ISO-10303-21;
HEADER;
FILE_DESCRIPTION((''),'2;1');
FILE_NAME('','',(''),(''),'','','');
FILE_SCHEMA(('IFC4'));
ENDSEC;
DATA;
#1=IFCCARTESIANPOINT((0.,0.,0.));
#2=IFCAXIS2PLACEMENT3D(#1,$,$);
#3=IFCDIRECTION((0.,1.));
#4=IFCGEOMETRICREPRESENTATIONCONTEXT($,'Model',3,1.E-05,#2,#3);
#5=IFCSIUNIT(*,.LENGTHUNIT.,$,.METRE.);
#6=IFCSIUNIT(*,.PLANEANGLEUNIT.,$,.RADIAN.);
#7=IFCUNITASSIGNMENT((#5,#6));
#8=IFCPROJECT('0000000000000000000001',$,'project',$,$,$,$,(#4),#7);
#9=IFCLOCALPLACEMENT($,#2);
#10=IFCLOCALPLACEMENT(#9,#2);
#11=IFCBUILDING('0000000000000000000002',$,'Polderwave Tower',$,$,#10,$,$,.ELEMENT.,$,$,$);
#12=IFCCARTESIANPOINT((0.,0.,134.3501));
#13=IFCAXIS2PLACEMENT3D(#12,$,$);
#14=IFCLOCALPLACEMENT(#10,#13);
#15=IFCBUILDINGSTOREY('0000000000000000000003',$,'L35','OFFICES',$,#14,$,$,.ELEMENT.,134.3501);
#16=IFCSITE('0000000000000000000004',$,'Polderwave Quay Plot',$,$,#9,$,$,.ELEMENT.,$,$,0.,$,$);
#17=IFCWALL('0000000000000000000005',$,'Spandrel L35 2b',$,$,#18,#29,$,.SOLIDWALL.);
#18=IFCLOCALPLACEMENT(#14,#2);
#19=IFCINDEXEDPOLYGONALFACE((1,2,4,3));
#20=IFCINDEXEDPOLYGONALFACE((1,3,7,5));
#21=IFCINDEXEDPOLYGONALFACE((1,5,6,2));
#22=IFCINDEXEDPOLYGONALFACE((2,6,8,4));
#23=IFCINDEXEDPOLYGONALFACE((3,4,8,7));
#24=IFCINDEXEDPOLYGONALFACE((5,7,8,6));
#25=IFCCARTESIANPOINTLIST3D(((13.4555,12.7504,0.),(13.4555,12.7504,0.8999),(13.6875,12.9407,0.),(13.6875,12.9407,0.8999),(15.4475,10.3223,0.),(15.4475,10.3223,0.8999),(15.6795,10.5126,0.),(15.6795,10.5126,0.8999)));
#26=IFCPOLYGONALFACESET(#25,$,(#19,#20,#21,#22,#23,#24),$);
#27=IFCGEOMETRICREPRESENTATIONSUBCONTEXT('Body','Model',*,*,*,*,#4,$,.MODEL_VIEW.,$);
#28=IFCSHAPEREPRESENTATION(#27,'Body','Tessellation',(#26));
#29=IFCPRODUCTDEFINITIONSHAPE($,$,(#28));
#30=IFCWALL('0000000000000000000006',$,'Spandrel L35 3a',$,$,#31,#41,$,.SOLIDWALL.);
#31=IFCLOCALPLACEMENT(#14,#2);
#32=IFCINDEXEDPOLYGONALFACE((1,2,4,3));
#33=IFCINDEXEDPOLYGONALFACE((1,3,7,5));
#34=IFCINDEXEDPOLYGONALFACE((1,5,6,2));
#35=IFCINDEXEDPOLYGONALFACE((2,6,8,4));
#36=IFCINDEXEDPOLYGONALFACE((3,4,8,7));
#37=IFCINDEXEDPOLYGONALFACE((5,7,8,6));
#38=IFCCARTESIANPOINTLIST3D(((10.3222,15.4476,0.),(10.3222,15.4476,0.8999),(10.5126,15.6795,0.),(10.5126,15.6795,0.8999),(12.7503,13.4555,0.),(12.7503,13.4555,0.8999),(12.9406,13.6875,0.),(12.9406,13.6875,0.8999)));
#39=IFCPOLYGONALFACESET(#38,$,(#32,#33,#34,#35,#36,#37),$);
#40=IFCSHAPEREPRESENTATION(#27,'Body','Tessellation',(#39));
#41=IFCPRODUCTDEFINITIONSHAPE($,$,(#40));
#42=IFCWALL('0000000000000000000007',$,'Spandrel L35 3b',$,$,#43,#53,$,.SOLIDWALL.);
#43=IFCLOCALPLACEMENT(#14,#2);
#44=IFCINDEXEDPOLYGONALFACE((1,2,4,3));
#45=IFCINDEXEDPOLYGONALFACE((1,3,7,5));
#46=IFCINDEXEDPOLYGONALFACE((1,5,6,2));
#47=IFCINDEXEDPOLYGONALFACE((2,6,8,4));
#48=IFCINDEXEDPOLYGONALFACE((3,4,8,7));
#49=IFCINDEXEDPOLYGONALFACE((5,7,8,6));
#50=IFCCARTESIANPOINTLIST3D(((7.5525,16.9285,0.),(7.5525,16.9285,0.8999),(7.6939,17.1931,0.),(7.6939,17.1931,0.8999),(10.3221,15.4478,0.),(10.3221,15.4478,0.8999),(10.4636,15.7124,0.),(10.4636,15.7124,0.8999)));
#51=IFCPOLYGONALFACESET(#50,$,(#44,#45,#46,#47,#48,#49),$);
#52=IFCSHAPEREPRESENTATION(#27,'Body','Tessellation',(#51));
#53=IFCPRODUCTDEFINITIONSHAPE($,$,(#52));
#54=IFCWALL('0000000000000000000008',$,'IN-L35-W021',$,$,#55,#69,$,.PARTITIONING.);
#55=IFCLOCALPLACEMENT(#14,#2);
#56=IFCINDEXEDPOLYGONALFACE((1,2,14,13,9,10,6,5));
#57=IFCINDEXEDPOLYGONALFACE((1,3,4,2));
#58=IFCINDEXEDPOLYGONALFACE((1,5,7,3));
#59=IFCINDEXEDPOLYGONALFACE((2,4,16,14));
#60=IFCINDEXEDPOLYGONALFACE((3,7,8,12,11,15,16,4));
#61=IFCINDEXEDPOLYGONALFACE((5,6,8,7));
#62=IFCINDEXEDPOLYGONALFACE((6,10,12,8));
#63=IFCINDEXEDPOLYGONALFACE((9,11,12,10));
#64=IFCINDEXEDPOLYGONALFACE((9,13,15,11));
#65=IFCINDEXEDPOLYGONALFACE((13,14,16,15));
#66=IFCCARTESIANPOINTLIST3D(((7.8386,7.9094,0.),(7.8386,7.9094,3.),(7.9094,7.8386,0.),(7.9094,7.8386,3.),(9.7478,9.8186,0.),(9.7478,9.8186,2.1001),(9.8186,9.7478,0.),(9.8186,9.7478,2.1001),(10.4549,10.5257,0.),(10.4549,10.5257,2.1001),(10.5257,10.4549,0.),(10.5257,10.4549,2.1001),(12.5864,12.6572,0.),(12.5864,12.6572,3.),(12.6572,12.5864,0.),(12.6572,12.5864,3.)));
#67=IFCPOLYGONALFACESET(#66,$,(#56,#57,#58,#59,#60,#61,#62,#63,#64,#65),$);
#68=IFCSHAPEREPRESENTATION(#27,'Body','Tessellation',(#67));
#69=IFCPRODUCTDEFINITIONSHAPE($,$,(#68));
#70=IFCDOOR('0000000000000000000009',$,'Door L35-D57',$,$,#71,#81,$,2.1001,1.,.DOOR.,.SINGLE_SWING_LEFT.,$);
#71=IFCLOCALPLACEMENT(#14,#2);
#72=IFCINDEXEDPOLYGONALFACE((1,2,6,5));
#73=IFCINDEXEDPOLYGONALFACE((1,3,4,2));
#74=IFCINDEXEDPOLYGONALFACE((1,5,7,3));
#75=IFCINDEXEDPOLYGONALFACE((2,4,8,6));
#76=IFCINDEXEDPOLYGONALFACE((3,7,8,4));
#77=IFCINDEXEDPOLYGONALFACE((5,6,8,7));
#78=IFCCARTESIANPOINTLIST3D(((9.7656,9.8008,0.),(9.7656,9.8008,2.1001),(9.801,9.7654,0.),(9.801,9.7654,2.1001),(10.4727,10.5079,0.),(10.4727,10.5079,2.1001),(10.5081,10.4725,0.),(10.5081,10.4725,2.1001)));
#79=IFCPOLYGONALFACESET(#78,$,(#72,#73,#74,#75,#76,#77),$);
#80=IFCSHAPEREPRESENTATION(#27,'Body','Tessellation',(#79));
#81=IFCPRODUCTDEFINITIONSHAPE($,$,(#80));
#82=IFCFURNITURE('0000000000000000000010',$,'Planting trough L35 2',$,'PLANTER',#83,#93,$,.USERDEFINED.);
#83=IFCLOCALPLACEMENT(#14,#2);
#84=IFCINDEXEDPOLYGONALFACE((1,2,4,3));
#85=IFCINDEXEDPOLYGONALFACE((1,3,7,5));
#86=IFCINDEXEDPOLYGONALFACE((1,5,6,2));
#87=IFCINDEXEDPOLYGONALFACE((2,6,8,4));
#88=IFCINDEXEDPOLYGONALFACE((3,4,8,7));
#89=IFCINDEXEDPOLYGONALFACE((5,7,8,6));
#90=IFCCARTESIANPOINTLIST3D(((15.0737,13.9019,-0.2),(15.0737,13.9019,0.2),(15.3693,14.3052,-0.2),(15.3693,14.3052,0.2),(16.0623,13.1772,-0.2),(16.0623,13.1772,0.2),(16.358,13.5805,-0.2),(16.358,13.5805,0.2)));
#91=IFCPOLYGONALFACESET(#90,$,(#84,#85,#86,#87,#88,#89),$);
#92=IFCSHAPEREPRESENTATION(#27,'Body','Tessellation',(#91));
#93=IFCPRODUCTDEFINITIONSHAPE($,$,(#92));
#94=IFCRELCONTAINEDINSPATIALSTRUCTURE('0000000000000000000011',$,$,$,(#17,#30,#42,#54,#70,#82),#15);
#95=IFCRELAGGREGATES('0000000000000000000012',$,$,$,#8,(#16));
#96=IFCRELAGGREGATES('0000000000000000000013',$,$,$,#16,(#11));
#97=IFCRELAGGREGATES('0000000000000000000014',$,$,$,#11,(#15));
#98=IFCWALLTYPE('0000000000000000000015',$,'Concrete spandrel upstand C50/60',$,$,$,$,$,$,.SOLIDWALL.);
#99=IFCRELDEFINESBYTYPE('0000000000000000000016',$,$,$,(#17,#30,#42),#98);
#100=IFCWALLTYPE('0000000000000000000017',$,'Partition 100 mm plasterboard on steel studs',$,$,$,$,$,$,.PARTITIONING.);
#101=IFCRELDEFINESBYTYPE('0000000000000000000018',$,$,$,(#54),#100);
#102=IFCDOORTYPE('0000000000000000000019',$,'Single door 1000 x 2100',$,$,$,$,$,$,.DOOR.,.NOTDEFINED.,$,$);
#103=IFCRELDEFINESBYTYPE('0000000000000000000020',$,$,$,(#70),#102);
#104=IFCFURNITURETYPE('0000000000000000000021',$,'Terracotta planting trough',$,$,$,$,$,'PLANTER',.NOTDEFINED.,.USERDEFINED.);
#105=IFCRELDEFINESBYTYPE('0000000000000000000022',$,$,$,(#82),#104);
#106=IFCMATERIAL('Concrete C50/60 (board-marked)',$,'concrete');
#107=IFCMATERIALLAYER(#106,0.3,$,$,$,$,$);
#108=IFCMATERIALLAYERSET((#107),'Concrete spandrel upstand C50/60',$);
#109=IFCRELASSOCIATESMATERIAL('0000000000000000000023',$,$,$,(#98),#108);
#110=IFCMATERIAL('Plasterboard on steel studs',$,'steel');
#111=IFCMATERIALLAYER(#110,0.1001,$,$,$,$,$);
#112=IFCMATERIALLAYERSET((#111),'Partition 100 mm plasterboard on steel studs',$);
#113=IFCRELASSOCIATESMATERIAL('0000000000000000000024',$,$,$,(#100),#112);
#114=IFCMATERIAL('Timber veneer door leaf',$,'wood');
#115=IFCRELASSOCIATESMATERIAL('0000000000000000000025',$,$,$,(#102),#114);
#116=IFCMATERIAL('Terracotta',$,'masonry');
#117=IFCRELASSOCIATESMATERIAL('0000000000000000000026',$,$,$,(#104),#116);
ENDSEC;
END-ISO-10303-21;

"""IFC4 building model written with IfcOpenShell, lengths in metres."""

from ifc_helpers import new_model, si_unit, direction, frame, frame_2d, origin, origin_2d, place, context, subcontext, project, spatial, rectangle, extrude, material, layer, layer_set, type_object, element, fill, save


model = new_model("IFC4")

# Units and contexts
model_context = context("Model", 3, precision=1e-05, world=origin(), true_north=direction((0.0, 1.0)))
body_context = subcontext(model_context, "Body", "Model", "MODEL_VIEW")
ifc_project = project(units=[si_unit("LENGTHUNIT", "METRE"), si_unit("PLANEANGLEUNIT", "RADIAN")], contexts=[model_context])

# Site, building, storey
site_placement = place(None, origin())
site = spatial("IfcSite", under=ifc_project, at=site_placement, Name="Polderwave Quay Plot", CompositionType="ELEMENT", RefElevation=0.0)
building_placement = place(site_placement, origin())
building = spatial("IfcBuilding", under=site, at=building_placement, Name="Polderwave Tower", CompositionType="ELEMENT")
storey_placement = place(building_placement, frame((0.0, 0.0, 134.3501)))
storey = spatial("IfcBuildingStorey", under=building, at=storey_placement, Name="L35", Description="OFFICES", CompositionType="ELEMENT", Elevation=134.3501)

# Walls
ifc_material_1 = material(Name="Concrete C50/60 (board-marked)", Category="concrete")
ifc_layer_1 = layer(ifc_material_1, 0.3)
ifc_layer_set_1 = layer_set([ifc_layer_1], Name="Concrete spandrel upstand C50/60")
wall_type_1 = type_object("IfcWallType", Name="Concrete spandrel upstand C50/60", PredefinedType="SOLIDWALL", material=ifc_layer_set_1)
for number, where, z_axis, x_axis, name in (
    (1, (15.5635, 10.4175, 0.0), (0.0, 0.0, 1.0), (-0.63427, 0.773111, 0.0), "Spandrel L35 2b"),
    (2, (12.8455, 13.5715, 0.0), (0.0, 0.0, 1.0), (-0.773111, 0.63427, 0.0), "Spandrel L35 3a"),
    (3, (10.3928, 15.5801, 0.0), (0.0, 0.0, 1.0), (-0.881873, 0.471488, 0.0), "Spandrel L35 3b"),
):
    element("IfcWall", number, at=place(storey_placement, frame(where, z_axis=z_axis, x_axis=x_axis)), inside=storey, type_object=wall_type_1, Name=name, PredefinedType="SOLIDWALL", context=body_context, shape_type="SweptSolid", body=[
        extrude(rectangle(XDim=3.1406, YDim=0.3, at=frame_2d((1.5703, 0.0))), origin(), (0.0, 0.0, 1.0), 0.8999),
    ])

# Wall, opening, door
ifc_material_2 = material(Name="Plasterboard on steel studs", Category="steel")
ifc_layer_2 = layer(ifc_material_2, 0.1001)
ifc_layer_set_2 = layer_set([ifc_layer_2], Name="Partition 100 mm plasterboard on steel studs")
wall_type_2 = type_object("IfcWallType", Name="Partition 100 mm plasterboard on steel studs", PredefinedType="PARTITIONING", material=ifc_layer_set_2)
wall_placement = place(storey_placement, frame((7.874, 7.874, 0.0), z_axis=(0.0, 0.0, 1.0), x_axis=(0.707107, 0.707107, 0.0)))
wall = element("IfcWall", 4, at=wall_placement, inside=storey, type_object=wall_type_2, Name="IN-L35-W021", PredefinedType="PARTITIONING", context=body_context, shape_type="SweptSolid", body=[
    extrude(rectangle(XDim=6.7144, YDim=0.1001, at=frame_2d((3.3572, 0.0))), origin(), (0.0, 0.0, 1.0), 3.0),
])
opening_placement = place(wall_placement, frame((2.7, 0.0, 0.0)))
opening = element("IfcOpeningElement", 5, at=opening_placement, cuts=wall, PredefinedType="OPENING", context=body_context, shape_type="SweptSolid", body=[
    extrude(rectangle(XDim=1.0, YDim=2.1001, at=frame_2d((0.5, 1.05))), frame((0.0, 0.0601, 0.0), z_axis=(0.0, -1.0, 0.0), x_axis=(1.0, 0.0, 0.0)), (0.0, 0.0, 1.0), 0.1201),
])
ifc_material_3 = material(Name="Timber veneer door leaf", Category="wood")
door_type = type_object("IfcDoorType", Name="Single door 1000 x 2100", OperationType="NOTDEFINED", PredefinedType="DOOR", material=ifc_material_3)
door_placement = place(opening_placement, origin())
door = element("IfcDoor", 6, at=door_placement, inside=storey, type_object=door_type, Name="Door L35-D57", OperationType="SINGLE_SWING_LEFT", OverallHeight=2.1001, OverallWidth=1.0, PredefinedType="DOOR", context=body_context, shape_type="SweptSolid", body=[
    extrude(rectangle(XDim=1.0, YDim=2.1001, at=frame_2d((0.5, 1.05))), frame((0.0, 0.0249, 0.0), z_axis=(0.0, -1.0, 0.0), x_axis=(1.0, 0.0, 0.0)), (0.0, 0.0, 1.0), 0.05),
])
fill(opening, door)

# Furniture
ifc_material_4 = material(Name="Terracotta", Category="masonry")
furniture_type = type_object("IfcFurnitureType", Name="Terracotta planting trough", ElementType="PLANTER", AssemblyPlace="NOTDEFINED", PredefinedType="USERDEFINED", material=ifc_material_4)
furniture_placement = place(storey_placement, frame((15.7158, 13.7412, -0.2), z_axis=(0.0, 0.0, 1.0), x_axis=(-0.806523, 0.591203, 0.0)))
element("IfcFurniture", 7, at=furniture_placement, inside=storey, type_object=furniture_type, Name="Planting trough L35 2", ObjectType="PLANTER", PredefinedType="USERDEFINED", context=body_context, shape_type="SweptSolid", body=[
    extrude(rectangle(XDim=1.2258, YDim=0.5, at=origin_2d()), origin(), (0.0, 0.0, 1.0), 0.3999),
])

save(model, "model.ifc")
